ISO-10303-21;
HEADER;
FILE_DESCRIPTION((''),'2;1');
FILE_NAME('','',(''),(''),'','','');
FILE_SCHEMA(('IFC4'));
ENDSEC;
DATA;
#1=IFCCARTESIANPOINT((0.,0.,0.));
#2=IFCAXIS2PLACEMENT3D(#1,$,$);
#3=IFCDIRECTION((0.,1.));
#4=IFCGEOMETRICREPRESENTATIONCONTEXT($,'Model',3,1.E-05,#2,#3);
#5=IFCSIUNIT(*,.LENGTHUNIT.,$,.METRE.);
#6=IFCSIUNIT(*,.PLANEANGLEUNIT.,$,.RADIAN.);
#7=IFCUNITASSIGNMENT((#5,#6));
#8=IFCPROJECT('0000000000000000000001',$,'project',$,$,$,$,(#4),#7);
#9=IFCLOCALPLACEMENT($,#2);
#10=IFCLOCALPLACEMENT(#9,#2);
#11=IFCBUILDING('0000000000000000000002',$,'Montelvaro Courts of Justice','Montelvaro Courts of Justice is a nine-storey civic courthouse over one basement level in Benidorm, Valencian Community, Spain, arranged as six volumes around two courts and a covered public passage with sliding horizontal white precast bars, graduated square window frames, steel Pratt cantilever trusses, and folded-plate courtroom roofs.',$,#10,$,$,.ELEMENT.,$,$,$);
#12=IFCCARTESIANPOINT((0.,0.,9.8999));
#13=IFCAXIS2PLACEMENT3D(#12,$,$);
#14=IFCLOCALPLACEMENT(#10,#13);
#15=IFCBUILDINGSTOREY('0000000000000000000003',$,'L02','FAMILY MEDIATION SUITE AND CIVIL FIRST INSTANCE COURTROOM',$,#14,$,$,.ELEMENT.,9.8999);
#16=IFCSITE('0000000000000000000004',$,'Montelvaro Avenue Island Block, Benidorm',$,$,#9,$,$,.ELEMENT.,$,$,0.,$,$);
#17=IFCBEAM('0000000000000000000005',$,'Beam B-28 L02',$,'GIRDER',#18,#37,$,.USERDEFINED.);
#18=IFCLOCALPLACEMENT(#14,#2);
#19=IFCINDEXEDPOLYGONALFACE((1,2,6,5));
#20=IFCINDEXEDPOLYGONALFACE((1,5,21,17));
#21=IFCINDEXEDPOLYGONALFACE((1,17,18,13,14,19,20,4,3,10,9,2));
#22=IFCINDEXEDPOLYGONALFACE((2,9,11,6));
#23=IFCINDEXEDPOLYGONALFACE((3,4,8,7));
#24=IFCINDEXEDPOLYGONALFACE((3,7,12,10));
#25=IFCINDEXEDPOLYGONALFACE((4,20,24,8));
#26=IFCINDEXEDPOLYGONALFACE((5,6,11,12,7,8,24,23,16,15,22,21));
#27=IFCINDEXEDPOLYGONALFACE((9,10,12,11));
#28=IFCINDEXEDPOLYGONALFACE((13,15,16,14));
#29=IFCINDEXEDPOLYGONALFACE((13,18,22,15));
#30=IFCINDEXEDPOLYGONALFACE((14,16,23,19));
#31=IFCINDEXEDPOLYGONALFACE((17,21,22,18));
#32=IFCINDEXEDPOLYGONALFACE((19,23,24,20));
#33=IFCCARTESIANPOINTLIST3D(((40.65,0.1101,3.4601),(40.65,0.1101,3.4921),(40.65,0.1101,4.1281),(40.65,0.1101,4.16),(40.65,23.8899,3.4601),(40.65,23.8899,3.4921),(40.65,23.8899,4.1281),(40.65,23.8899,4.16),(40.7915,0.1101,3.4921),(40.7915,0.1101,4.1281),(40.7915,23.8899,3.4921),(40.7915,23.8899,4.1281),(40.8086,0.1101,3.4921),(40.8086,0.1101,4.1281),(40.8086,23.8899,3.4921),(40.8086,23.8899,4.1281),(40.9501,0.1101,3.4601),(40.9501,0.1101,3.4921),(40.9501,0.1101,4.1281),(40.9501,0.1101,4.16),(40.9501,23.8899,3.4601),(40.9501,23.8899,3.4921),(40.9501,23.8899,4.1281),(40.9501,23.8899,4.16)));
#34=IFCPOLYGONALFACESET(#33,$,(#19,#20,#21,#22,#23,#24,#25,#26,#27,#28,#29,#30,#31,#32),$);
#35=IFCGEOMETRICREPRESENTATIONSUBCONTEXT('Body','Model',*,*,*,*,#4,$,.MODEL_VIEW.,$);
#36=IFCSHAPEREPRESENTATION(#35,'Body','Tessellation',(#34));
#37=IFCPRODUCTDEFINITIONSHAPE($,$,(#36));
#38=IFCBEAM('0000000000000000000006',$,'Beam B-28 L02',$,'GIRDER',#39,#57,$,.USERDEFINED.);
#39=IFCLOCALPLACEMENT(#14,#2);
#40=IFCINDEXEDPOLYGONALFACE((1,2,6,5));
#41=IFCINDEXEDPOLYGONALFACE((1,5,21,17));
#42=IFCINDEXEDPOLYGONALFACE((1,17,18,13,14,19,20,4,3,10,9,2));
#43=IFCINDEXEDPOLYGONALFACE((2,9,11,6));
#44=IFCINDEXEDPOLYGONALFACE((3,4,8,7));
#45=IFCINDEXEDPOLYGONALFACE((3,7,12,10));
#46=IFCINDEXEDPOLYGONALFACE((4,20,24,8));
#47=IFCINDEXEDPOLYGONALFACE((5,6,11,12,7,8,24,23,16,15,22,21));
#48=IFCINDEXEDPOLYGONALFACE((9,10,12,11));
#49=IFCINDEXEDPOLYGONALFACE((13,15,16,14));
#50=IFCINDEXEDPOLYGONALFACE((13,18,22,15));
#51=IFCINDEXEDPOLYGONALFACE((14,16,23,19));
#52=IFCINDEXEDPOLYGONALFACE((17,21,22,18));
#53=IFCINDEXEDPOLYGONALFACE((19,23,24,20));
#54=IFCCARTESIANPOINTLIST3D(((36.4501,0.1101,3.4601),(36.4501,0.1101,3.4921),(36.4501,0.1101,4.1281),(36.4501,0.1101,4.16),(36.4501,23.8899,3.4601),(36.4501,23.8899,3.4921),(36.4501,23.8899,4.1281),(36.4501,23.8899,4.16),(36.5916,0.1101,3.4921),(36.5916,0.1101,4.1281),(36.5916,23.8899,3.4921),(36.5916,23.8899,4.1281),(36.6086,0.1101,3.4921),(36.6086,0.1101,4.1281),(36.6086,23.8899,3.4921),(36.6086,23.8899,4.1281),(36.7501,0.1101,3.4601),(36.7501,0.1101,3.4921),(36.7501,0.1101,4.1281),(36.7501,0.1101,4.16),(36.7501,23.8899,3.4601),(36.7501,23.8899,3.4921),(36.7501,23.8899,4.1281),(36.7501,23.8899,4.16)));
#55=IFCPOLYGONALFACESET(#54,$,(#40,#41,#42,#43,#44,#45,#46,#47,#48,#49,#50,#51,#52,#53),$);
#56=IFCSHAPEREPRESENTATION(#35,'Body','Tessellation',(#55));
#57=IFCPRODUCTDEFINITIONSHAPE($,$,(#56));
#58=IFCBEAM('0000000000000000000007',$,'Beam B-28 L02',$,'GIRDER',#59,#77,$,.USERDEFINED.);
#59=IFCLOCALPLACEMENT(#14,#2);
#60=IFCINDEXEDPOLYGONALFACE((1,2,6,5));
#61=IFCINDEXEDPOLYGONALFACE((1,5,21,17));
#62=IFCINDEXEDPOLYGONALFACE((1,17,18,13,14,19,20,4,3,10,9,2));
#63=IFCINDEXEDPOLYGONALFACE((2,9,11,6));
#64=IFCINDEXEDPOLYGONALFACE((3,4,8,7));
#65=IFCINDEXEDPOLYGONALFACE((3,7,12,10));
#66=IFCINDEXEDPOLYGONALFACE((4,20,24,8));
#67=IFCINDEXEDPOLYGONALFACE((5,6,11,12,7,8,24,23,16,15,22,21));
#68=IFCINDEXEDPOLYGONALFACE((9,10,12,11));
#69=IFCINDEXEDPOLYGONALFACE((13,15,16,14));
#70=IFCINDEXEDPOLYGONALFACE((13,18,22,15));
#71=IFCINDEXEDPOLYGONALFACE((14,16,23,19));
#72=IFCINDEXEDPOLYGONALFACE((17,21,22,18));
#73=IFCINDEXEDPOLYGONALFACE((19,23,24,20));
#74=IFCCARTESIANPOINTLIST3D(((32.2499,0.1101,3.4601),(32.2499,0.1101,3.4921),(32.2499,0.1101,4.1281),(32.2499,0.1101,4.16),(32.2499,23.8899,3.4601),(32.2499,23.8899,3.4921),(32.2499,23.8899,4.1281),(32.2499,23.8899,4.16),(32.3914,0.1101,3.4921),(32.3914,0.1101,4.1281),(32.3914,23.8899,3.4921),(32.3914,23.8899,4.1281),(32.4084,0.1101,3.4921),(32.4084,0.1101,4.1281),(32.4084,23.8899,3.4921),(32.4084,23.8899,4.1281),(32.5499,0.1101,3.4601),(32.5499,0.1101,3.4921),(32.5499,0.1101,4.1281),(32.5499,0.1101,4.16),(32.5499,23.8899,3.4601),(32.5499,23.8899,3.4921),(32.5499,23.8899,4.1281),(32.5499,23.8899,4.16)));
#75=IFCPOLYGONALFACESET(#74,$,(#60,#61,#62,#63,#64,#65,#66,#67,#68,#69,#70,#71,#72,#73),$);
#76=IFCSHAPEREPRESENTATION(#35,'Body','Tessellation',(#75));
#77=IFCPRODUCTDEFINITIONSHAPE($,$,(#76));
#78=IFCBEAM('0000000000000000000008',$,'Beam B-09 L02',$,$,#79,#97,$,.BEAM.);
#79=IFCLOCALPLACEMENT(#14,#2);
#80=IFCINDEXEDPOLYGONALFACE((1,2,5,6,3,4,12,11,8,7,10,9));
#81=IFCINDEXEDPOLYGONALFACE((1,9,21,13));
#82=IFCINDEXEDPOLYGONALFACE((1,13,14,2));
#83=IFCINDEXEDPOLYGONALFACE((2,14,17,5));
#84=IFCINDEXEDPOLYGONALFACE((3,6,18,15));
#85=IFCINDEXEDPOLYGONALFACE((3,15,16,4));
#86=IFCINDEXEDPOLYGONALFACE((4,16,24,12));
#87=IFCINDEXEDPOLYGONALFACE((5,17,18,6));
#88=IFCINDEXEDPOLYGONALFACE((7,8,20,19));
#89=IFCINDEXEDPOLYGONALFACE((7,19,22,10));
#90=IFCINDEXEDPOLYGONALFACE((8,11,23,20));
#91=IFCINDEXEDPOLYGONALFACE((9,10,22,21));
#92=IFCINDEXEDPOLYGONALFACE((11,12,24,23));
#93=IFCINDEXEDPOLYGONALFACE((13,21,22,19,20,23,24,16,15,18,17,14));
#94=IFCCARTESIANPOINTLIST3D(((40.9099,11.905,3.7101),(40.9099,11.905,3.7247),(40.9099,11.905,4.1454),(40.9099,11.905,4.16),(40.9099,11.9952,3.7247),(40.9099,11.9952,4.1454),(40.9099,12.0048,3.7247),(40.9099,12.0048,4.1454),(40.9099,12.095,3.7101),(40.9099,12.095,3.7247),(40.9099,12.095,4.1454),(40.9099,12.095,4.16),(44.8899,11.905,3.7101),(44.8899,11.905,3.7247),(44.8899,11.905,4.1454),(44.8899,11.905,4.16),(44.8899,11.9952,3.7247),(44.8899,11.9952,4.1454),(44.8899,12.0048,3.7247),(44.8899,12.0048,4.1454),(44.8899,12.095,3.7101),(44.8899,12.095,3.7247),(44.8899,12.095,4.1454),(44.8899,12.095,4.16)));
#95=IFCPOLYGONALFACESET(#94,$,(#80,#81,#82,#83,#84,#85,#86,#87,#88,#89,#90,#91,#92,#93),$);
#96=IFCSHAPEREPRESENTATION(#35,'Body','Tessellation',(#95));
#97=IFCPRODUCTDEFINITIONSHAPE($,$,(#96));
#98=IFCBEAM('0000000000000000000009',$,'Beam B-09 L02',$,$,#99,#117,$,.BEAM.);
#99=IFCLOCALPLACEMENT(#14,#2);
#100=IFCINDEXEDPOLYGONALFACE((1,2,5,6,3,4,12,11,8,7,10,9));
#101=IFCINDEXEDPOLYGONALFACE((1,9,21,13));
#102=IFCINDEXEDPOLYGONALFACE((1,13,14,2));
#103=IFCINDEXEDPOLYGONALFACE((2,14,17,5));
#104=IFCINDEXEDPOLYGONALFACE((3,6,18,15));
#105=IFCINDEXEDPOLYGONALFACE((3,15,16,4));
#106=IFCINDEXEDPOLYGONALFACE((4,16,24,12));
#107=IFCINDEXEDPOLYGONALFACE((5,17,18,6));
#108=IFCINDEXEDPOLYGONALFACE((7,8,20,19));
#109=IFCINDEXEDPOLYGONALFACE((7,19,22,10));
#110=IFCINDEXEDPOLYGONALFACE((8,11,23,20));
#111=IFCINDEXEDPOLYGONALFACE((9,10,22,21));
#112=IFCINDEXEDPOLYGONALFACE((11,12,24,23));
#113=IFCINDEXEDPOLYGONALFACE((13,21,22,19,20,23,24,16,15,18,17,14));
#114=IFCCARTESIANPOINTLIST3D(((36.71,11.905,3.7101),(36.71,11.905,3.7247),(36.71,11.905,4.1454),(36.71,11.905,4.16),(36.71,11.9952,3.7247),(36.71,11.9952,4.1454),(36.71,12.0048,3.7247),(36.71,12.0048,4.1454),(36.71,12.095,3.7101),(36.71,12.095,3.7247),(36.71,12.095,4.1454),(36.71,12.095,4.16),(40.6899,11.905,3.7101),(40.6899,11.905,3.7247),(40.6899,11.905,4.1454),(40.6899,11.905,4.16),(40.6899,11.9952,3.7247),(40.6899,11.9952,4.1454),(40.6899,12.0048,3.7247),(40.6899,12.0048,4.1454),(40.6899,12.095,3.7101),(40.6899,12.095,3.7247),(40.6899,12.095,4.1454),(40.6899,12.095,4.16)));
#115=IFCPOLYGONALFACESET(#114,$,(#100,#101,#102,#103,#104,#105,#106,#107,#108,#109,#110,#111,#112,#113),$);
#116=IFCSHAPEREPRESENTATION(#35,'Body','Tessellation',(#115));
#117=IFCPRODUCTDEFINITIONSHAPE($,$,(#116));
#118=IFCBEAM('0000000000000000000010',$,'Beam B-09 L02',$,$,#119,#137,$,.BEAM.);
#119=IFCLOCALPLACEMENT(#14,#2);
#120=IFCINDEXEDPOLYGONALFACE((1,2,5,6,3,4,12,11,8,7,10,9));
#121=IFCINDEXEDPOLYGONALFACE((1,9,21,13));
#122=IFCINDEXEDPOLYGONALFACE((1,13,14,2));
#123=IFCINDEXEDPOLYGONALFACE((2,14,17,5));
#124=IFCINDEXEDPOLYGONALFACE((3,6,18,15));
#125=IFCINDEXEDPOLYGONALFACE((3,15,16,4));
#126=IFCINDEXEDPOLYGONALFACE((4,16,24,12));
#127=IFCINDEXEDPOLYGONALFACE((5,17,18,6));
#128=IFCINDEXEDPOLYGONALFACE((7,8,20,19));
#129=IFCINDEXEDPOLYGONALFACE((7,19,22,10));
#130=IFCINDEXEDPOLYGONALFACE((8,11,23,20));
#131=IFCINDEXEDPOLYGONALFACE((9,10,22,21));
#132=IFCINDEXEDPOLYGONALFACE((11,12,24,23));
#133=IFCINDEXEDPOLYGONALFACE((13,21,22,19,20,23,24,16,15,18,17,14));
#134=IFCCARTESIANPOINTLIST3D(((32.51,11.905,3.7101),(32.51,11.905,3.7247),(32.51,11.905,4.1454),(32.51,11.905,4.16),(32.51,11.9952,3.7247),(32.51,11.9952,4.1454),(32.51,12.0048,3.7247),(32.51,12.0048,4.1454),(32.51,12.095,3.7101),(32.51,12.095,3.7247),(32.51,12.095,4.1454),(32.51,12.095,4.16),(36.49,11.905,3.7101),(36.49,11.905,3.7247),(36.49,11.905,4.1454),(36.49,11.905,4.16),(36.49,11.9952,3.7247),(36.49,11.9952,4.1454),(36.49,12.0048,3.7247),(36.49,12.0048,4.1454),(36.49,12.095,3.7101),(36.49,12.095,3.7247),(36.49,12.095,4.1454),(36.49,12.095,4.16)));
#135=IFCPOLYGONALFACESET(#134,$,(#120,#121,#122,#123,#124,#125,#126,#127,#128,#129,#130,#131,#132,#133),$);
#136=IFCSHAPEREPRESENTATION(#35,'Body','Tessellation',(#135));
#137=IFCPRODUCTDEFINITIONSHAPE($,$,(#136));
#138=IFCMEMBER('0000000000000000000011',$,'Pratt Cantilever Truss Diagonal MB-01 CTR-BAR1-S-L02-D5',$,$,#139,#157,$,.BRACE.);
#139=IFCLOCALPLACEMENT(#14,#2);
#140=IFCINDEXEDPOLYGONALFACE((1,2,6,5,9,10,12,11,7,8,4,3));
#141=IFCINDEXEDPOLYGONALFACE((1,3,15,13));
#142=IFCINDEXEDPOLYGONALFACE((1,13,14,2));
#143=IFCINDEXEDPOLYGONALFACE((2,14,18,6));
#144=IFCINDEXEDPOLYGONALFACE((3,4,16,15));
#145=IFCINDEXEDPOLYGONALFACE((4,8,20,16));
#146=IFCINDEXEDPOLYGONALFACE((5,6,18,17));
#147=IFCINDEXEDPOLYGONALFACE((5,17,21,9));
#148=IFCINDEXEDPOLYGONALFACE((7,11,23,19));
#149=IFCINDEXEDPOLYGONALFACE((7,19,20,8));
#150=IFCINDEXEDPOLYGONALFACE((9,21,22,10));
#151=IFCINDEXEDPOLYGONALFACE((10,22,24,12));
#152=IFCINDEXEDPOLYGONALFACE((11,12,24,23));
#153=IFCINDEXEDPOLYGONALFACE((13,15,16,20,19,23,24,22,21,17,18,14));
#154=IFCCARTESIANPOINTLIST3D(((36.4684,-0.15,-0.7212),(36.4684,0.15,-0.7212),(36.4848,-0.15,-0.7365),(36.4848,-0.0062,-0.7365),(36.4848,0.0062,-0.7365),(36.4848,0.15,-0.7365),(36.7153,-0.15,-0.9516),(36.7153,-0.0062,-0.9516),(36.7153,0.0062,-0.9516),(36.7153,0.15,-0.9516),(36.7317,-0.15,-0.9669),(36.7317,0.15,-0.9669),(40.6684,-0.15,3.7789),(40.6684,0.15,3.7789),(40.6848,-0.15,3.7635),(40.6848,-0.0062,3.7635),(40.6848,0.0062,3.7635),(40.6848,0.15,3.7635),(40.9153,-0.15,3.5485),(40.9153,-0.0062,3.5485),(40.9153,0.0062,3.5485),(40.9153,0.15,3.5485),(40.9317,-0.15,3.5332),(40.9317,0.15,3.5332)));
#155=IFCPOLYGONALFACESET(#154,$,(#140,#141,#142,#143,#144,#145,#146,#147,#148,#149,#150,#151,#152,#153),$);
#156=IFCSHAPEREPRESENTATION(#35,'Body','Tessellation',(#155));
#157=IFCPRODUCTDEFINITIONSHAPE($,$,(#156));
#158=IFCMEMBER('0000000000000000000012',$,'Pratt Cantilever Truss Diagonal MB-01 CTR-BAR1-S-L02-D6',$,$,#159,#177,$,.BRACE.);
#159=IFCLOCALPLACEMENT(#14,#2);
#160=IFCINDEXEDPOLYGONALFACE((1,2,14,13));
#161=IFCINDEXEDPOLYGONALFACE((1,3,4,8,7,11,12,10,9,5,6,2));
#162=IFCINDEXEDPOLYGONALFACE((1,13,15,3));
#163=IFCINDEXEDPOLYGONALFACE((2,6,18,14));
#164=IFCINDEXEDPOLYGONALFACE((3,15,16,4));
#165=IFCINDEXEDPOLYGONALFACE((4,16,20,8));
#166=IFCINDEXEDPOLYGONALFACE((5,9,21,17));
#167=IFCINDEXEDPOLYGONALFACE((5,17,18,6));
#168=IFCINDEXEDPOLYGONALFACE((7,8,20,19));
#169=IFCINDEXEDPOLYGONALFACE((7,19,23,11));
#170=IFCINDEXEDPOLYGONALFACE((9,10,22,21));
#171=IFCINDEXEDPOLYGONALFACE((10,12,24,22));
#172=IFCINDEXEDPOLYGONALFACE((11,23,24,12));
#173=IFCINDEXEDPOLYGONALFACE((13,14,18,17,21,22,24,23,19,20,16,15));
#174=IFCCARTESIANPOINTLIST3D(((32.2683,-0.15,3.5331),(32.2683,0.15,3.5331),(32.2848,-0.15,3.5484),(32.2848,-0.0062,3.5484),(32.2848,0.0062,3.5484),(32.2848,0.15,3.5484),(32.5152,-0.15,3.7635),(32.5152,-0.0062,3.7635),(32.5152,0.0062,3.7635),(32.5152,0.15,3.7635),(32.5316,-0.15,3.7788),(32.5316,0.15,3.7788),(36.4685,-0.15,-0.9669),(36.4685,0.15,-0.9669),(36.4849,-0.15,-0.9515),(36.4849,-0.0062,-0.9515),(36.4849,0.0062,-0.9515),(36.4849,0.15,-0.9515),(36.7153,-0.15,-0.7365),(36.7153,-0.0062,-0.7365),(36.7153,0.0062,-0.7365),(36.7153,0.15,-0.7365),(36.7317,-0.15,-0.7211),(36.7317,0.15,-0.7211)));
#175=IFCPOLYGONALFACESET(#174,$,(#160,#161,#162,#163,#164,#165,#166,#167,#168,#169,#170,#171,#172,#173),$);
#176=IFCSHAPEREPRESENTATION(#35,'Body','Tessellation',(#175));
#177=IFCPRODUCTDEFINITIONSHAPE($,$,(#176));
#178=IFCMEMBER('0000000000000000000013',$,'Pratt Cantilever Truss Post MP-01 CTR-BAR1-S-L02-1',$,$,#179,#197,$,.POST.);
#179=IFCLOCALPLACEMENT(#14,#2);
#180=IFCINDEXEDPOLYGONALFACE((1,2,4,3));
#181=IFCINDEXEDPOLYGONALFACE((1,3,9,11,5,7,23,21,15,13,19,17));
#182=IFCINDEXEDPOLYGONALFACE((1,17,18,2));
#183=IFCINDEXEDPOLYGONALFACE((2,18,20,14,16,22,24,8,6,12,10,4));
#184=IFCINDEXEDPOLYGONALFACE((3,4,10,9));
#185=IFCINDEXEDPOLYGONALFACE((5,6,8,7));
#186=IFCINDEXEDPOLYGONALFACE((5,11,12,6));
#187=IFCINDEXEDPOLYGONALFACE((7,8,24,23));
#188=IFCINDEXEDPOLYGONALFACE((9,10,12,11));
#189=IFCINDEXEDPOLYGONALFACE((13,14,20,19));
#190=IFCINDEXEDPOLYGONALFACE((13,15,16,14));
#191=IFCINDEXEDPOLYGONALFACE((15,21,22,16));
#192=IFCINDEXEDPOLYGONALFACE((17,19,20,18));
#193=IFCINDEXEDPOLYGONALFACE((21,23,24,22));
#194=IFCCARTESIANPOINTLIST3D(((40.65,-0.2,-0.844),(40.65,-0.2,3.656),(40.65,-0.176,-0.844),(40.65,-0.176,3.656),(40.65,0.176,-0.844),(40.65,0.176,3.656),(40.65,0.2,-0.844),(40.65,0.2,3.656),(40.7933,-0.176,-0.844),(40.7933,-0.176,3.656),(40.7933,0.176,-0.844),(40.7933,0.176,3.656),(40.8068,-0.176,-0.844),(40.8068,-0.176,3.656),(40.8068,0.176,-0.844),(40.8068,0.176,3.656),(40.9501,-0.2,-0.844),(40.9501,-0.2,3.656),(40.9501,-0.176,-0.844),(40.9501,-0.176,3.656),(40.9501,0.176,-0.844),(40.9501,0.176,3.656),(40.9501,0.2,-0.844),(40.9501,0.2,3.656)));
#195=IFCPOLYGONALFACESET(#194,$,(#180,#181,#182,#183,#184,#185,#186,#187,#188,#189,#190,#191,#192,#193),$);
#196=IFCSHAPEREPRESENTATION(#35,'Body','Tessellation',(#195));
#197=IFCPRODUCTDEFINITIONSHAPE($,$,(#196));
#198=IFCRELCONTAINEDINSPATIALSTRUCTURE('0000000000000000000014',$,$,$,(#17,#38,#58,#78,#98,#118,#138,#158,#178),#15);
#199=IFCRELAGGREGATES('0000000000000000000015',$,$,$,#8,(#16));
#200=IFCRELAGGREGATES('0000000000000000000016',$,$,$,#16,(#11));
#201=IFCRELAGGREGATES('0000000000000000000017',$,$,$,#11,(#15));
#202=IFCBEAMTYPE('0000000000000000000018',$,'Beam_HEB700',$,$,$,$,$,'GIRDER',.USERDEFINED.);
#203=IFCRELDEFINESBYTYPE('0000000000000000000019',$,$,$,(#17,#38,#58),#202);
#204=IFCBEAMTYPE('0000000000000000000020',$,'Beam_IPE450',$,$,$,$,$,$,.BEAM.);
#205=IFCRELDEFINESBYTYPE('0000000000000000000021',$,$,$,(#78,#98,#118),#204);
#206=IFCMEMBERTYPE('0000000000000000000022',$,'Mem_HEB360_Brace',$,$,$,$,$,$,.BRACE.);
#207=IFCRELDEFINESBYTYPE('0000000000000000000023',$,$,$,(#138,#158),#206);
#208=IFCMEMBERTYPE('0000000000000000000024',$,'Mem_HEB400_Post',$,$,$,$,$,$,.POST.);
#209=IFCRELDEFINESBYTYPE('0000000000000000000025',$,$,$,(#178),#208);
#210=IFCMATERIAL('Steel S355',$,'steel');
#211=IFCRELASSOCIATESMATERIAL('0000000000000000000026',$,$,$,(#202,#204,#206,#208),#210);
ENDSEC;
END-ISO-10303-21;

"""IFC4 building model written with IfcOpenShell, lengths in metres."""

from ifc_helpers import new_model, si_unit, direction, frame, origin, origin_2d, place, context, subcontext, project, spatial, i_section, extrude, material, material_profile, profile_set, type_object, element, save


model = new_model("IFC4")

# Units and contexts
model_context = context("Model", 3, precision=1e-05, world=origin(), true_north=direction((0.0, 1.0)))
body_context = subcontext(model_context, "Body", "Model", "MODEL_VIEW")
ifc_project = project(units=[si_unit("LENGTHUNIT", "METRE"), si_unit("PLANEANGLEUNIT", "RADIAN")], contexts=[model_context])

# Site, building, storey
site_placement = place(None, origin())
site = spatial("IfcSite", under=ifc_project, at=site_placement, Name="Montelvaro Avenue Island Block, Benidorm", CompositionType="ELEMENT", RefElevation=0.0)
building_placement = place(site_placement, origin())
building = spatial("IfcBuilding", under=site, at=building_placement, Name="Montelvaro Courts of Justice", Description="Montelvaro Courts of Justice is a nine-storey civic courthouse over one basement level in Benidorm, Valencian Community, Spain, arranged as six volumes around two courts and a covered public passage with sliding horizontal white precast bars, graduated square window frames, steel Pratt cantilever trusses, and folded-plate courtroom roofs.", CompositionType="ELEMENT")
storey_placement = place(building_placement, frame((0.0, 0.0, 9.8999)))
storey = spatial("IfcBuildingStorey", under=building, at=storey_placement, Name="L02", Description="FAMILY MEDIATION SUITE AND CIVIL FIRST INSTANCE COURTROOM", CompositionType="ELEMENT", Elevation=9.8999)

# Beams
ifc_material_1 = material(Name="Steel S355", Category="steel")
ifc_material_profile_1 = material_profile(ifc_material_1, i_section(OverallWidth=0.3, OverallDepth=0.7, WebThickness=0.0171, FlangeThickness=0.032, at=origin_2d()), Name="HEB 700")
ifc_profile_set_1 = profile_set([ifc_material_profile_1], Name="Steel S355")
beam_type_1 = type_object("IfcBeamType", Name="Beam_HEB700", ElementType="GIRDER", PredefinedType="USERDEFINED", material=ifc_profile_set_1)
for number, where, z_axis, x_axis, name in (
    (1, (40.8, 0.1101, 3.8101), (0.0, 1.0, 0.0), (-1.0, 0.0, 0.0), "Beam B-28 L02"),
    (2, (36.6001, 0.1101, 3.8101), (0.0, 1.0, 0.0), (-1.0, 0.0, 0.0), "Beam B-28 L02"),
    (3, (32.3999, 0.1101, 3.8101), (0.0, 1.0, 0.0), (-1.0, 0.0, 0.0), "Beam B-28 L02"),
):
    element("IfcBeam", number, at=place(storey_placement, frame(where, z_axis=z_axis, x_axis=x_axis)), inside=storey, type_object=beam_type_1, Name=name, ObjectType="GIRDER", PredefinedType="USERDEFINED", context=body_context, shape_type="SweptSolid", body=[
        extrude(i_section(OverallWidth=0.3, OverallDepth=0.7, WebThickness=0.0171, FlangeThickness=0.032, at=origin_2d()), origin(), (0.0, 0.0, 1.0), 23.7798),
    ])
ifc_material_profile_2 = material_profile(ifc_material_1, i_section(OverallWidth=0.1899, OverallDepth=0.45, WebThickness=0.0095, FlangeThickness=0.0146, at=origin_2d()), Name="IPE 450")
ifc_profile_set_2 = profile_set([ifc_material_profile_2], Name="Steel S355")
beam_type_2 = type_object("IfcBeamType", Name="Beam_IPE450", PredefinedType="BEAM", material=ifc_profile_set_2)
for number, where, z_axis, x_axis, name in (
    (4, (40.9099, 12.0, 3.9351), (1.0, 0.0, 0.0), (0.0, 1.0, 0.0), "Beam B-09 L02"),
    (5, (36.71, 12.0, 3.9351), (1.0, 0.0, 0.0), (0.0, 1.0, 0.0), "Beam B-09 L02"),
    (6, (32.51, 12.0, 3.9351), (1.0, 0.0, 0.0), (0.0, 1.0, 0.0), "Beam B-09 L02"),
):
    element("IfcBeam", number, at=place(storey_placement, frame(where, z_axis=z_axis, x_axis=x_axis)), inside=storey, type_object=beam_type_2, Name=name, PredefinedType="BEAM", context=body_context, shape_type="SweptSolid", body=[
        extrude(i_section(OverallWidth=0.1899, OverallDepth=0.45, WebThickness=0.0095, FlangeThickness=0.0146, at=origin_2d()), origin(), (0.0, 0.0, 1.0), 3.98),
    ])

# Members
ifc_material_profile_3 = material_profile(ifc_material_1, i_section(OverallWidth=0.3, OverallDepth=0.3601, WebThickness=0.0125, FlangeThickness=0.0225, at=origin_2d()), Name="HEB 360")
ifc_profile_set_3 = profile_set([ifc_material_profile_3], Name="Steel S355")
member_type_1 = type_object("IfcMemberType", Name="Mem_HEB360_Brace", PredefinedType="BRACE", material=ifc_profile_set_3)
for number, where, z_axis, x_axis, name in (
    (7, (40.8, 0.0, 3.656), (-0.682314, 0.0, -0.731059), (0.0, -1.0, 0.0), "Pratt Cantilever Truss Diagonal MB-01 CTR-BAR1-S-L02-D5"),
    (8, (36.6001, 0.0, -0.844), (-0.682335, 0.0, 0.731039), (0.0, -1.0, 0.0), "Pratt Cantilever Truss Diagonal MB-01 CTR-BAR1-S-L02-D6"),
):
    element("IfcMember", number, at=place(storey_placement, frame(where, z_axis=z_axis, x_axis=x_axis)), inside=storey, type_object=member_type_1, Name=name, PredefinedType="BRACE", context=body_context, shape_type="SweptSolid", body=[
        extrude(i_section(OverallWidth=0.3, OverallDepth=0.3601, WebThickness=0.0125, FlangeThickness=0.0225, at=origin_2d()), origin(), (0.0, 0.0, 1.0), 6.1555),
    ])
ifc_material_profile_4 = material_profile(ifc_material_1, i_section(OverallWidth=0.3, OverallDepth=0.3999, WebThickness=0.0134, FlangeThickness=0.0239, at=origin_2d()), Name="HEB 400")
ifc_profile_set_4 = profile_set([ifc_material_profile_4], Name="Steel S355")
member_type_2 = type_object("IfcMemberType", Name="Mem_HEB400_Post", PredefinedType="POST", material=ifc_profile_set_4)
for number, where, z_axis, x_axis, name in (
    (9, (40.8, 0.0, -0.844), (0.0, 0.0, 1.0), (1.0, 0.0, 0.0), "Pratt Cantilever Truss Post MP-01 CTR-BAR1-S-L02-1"),
):
    element("IfcMember", number, at=place(storey_placement, frame(where, z_axis=z_axis, x_axis=x_axis)), inside=storey, type_object=member_type_2, Name=name, PredefinedType="POST", context=body_context, shape_type="SweptSolid", body=[
        extrude(i_section(OverallWidth=0.3, OverallDepth=0.3999, WebThickness=0.0134, FlangeThickness=0.0239, at=origin_2d()), origin(), (0.0, 0.0, 1.0), 4.5),
    ])

save(model, "model.ifc")
